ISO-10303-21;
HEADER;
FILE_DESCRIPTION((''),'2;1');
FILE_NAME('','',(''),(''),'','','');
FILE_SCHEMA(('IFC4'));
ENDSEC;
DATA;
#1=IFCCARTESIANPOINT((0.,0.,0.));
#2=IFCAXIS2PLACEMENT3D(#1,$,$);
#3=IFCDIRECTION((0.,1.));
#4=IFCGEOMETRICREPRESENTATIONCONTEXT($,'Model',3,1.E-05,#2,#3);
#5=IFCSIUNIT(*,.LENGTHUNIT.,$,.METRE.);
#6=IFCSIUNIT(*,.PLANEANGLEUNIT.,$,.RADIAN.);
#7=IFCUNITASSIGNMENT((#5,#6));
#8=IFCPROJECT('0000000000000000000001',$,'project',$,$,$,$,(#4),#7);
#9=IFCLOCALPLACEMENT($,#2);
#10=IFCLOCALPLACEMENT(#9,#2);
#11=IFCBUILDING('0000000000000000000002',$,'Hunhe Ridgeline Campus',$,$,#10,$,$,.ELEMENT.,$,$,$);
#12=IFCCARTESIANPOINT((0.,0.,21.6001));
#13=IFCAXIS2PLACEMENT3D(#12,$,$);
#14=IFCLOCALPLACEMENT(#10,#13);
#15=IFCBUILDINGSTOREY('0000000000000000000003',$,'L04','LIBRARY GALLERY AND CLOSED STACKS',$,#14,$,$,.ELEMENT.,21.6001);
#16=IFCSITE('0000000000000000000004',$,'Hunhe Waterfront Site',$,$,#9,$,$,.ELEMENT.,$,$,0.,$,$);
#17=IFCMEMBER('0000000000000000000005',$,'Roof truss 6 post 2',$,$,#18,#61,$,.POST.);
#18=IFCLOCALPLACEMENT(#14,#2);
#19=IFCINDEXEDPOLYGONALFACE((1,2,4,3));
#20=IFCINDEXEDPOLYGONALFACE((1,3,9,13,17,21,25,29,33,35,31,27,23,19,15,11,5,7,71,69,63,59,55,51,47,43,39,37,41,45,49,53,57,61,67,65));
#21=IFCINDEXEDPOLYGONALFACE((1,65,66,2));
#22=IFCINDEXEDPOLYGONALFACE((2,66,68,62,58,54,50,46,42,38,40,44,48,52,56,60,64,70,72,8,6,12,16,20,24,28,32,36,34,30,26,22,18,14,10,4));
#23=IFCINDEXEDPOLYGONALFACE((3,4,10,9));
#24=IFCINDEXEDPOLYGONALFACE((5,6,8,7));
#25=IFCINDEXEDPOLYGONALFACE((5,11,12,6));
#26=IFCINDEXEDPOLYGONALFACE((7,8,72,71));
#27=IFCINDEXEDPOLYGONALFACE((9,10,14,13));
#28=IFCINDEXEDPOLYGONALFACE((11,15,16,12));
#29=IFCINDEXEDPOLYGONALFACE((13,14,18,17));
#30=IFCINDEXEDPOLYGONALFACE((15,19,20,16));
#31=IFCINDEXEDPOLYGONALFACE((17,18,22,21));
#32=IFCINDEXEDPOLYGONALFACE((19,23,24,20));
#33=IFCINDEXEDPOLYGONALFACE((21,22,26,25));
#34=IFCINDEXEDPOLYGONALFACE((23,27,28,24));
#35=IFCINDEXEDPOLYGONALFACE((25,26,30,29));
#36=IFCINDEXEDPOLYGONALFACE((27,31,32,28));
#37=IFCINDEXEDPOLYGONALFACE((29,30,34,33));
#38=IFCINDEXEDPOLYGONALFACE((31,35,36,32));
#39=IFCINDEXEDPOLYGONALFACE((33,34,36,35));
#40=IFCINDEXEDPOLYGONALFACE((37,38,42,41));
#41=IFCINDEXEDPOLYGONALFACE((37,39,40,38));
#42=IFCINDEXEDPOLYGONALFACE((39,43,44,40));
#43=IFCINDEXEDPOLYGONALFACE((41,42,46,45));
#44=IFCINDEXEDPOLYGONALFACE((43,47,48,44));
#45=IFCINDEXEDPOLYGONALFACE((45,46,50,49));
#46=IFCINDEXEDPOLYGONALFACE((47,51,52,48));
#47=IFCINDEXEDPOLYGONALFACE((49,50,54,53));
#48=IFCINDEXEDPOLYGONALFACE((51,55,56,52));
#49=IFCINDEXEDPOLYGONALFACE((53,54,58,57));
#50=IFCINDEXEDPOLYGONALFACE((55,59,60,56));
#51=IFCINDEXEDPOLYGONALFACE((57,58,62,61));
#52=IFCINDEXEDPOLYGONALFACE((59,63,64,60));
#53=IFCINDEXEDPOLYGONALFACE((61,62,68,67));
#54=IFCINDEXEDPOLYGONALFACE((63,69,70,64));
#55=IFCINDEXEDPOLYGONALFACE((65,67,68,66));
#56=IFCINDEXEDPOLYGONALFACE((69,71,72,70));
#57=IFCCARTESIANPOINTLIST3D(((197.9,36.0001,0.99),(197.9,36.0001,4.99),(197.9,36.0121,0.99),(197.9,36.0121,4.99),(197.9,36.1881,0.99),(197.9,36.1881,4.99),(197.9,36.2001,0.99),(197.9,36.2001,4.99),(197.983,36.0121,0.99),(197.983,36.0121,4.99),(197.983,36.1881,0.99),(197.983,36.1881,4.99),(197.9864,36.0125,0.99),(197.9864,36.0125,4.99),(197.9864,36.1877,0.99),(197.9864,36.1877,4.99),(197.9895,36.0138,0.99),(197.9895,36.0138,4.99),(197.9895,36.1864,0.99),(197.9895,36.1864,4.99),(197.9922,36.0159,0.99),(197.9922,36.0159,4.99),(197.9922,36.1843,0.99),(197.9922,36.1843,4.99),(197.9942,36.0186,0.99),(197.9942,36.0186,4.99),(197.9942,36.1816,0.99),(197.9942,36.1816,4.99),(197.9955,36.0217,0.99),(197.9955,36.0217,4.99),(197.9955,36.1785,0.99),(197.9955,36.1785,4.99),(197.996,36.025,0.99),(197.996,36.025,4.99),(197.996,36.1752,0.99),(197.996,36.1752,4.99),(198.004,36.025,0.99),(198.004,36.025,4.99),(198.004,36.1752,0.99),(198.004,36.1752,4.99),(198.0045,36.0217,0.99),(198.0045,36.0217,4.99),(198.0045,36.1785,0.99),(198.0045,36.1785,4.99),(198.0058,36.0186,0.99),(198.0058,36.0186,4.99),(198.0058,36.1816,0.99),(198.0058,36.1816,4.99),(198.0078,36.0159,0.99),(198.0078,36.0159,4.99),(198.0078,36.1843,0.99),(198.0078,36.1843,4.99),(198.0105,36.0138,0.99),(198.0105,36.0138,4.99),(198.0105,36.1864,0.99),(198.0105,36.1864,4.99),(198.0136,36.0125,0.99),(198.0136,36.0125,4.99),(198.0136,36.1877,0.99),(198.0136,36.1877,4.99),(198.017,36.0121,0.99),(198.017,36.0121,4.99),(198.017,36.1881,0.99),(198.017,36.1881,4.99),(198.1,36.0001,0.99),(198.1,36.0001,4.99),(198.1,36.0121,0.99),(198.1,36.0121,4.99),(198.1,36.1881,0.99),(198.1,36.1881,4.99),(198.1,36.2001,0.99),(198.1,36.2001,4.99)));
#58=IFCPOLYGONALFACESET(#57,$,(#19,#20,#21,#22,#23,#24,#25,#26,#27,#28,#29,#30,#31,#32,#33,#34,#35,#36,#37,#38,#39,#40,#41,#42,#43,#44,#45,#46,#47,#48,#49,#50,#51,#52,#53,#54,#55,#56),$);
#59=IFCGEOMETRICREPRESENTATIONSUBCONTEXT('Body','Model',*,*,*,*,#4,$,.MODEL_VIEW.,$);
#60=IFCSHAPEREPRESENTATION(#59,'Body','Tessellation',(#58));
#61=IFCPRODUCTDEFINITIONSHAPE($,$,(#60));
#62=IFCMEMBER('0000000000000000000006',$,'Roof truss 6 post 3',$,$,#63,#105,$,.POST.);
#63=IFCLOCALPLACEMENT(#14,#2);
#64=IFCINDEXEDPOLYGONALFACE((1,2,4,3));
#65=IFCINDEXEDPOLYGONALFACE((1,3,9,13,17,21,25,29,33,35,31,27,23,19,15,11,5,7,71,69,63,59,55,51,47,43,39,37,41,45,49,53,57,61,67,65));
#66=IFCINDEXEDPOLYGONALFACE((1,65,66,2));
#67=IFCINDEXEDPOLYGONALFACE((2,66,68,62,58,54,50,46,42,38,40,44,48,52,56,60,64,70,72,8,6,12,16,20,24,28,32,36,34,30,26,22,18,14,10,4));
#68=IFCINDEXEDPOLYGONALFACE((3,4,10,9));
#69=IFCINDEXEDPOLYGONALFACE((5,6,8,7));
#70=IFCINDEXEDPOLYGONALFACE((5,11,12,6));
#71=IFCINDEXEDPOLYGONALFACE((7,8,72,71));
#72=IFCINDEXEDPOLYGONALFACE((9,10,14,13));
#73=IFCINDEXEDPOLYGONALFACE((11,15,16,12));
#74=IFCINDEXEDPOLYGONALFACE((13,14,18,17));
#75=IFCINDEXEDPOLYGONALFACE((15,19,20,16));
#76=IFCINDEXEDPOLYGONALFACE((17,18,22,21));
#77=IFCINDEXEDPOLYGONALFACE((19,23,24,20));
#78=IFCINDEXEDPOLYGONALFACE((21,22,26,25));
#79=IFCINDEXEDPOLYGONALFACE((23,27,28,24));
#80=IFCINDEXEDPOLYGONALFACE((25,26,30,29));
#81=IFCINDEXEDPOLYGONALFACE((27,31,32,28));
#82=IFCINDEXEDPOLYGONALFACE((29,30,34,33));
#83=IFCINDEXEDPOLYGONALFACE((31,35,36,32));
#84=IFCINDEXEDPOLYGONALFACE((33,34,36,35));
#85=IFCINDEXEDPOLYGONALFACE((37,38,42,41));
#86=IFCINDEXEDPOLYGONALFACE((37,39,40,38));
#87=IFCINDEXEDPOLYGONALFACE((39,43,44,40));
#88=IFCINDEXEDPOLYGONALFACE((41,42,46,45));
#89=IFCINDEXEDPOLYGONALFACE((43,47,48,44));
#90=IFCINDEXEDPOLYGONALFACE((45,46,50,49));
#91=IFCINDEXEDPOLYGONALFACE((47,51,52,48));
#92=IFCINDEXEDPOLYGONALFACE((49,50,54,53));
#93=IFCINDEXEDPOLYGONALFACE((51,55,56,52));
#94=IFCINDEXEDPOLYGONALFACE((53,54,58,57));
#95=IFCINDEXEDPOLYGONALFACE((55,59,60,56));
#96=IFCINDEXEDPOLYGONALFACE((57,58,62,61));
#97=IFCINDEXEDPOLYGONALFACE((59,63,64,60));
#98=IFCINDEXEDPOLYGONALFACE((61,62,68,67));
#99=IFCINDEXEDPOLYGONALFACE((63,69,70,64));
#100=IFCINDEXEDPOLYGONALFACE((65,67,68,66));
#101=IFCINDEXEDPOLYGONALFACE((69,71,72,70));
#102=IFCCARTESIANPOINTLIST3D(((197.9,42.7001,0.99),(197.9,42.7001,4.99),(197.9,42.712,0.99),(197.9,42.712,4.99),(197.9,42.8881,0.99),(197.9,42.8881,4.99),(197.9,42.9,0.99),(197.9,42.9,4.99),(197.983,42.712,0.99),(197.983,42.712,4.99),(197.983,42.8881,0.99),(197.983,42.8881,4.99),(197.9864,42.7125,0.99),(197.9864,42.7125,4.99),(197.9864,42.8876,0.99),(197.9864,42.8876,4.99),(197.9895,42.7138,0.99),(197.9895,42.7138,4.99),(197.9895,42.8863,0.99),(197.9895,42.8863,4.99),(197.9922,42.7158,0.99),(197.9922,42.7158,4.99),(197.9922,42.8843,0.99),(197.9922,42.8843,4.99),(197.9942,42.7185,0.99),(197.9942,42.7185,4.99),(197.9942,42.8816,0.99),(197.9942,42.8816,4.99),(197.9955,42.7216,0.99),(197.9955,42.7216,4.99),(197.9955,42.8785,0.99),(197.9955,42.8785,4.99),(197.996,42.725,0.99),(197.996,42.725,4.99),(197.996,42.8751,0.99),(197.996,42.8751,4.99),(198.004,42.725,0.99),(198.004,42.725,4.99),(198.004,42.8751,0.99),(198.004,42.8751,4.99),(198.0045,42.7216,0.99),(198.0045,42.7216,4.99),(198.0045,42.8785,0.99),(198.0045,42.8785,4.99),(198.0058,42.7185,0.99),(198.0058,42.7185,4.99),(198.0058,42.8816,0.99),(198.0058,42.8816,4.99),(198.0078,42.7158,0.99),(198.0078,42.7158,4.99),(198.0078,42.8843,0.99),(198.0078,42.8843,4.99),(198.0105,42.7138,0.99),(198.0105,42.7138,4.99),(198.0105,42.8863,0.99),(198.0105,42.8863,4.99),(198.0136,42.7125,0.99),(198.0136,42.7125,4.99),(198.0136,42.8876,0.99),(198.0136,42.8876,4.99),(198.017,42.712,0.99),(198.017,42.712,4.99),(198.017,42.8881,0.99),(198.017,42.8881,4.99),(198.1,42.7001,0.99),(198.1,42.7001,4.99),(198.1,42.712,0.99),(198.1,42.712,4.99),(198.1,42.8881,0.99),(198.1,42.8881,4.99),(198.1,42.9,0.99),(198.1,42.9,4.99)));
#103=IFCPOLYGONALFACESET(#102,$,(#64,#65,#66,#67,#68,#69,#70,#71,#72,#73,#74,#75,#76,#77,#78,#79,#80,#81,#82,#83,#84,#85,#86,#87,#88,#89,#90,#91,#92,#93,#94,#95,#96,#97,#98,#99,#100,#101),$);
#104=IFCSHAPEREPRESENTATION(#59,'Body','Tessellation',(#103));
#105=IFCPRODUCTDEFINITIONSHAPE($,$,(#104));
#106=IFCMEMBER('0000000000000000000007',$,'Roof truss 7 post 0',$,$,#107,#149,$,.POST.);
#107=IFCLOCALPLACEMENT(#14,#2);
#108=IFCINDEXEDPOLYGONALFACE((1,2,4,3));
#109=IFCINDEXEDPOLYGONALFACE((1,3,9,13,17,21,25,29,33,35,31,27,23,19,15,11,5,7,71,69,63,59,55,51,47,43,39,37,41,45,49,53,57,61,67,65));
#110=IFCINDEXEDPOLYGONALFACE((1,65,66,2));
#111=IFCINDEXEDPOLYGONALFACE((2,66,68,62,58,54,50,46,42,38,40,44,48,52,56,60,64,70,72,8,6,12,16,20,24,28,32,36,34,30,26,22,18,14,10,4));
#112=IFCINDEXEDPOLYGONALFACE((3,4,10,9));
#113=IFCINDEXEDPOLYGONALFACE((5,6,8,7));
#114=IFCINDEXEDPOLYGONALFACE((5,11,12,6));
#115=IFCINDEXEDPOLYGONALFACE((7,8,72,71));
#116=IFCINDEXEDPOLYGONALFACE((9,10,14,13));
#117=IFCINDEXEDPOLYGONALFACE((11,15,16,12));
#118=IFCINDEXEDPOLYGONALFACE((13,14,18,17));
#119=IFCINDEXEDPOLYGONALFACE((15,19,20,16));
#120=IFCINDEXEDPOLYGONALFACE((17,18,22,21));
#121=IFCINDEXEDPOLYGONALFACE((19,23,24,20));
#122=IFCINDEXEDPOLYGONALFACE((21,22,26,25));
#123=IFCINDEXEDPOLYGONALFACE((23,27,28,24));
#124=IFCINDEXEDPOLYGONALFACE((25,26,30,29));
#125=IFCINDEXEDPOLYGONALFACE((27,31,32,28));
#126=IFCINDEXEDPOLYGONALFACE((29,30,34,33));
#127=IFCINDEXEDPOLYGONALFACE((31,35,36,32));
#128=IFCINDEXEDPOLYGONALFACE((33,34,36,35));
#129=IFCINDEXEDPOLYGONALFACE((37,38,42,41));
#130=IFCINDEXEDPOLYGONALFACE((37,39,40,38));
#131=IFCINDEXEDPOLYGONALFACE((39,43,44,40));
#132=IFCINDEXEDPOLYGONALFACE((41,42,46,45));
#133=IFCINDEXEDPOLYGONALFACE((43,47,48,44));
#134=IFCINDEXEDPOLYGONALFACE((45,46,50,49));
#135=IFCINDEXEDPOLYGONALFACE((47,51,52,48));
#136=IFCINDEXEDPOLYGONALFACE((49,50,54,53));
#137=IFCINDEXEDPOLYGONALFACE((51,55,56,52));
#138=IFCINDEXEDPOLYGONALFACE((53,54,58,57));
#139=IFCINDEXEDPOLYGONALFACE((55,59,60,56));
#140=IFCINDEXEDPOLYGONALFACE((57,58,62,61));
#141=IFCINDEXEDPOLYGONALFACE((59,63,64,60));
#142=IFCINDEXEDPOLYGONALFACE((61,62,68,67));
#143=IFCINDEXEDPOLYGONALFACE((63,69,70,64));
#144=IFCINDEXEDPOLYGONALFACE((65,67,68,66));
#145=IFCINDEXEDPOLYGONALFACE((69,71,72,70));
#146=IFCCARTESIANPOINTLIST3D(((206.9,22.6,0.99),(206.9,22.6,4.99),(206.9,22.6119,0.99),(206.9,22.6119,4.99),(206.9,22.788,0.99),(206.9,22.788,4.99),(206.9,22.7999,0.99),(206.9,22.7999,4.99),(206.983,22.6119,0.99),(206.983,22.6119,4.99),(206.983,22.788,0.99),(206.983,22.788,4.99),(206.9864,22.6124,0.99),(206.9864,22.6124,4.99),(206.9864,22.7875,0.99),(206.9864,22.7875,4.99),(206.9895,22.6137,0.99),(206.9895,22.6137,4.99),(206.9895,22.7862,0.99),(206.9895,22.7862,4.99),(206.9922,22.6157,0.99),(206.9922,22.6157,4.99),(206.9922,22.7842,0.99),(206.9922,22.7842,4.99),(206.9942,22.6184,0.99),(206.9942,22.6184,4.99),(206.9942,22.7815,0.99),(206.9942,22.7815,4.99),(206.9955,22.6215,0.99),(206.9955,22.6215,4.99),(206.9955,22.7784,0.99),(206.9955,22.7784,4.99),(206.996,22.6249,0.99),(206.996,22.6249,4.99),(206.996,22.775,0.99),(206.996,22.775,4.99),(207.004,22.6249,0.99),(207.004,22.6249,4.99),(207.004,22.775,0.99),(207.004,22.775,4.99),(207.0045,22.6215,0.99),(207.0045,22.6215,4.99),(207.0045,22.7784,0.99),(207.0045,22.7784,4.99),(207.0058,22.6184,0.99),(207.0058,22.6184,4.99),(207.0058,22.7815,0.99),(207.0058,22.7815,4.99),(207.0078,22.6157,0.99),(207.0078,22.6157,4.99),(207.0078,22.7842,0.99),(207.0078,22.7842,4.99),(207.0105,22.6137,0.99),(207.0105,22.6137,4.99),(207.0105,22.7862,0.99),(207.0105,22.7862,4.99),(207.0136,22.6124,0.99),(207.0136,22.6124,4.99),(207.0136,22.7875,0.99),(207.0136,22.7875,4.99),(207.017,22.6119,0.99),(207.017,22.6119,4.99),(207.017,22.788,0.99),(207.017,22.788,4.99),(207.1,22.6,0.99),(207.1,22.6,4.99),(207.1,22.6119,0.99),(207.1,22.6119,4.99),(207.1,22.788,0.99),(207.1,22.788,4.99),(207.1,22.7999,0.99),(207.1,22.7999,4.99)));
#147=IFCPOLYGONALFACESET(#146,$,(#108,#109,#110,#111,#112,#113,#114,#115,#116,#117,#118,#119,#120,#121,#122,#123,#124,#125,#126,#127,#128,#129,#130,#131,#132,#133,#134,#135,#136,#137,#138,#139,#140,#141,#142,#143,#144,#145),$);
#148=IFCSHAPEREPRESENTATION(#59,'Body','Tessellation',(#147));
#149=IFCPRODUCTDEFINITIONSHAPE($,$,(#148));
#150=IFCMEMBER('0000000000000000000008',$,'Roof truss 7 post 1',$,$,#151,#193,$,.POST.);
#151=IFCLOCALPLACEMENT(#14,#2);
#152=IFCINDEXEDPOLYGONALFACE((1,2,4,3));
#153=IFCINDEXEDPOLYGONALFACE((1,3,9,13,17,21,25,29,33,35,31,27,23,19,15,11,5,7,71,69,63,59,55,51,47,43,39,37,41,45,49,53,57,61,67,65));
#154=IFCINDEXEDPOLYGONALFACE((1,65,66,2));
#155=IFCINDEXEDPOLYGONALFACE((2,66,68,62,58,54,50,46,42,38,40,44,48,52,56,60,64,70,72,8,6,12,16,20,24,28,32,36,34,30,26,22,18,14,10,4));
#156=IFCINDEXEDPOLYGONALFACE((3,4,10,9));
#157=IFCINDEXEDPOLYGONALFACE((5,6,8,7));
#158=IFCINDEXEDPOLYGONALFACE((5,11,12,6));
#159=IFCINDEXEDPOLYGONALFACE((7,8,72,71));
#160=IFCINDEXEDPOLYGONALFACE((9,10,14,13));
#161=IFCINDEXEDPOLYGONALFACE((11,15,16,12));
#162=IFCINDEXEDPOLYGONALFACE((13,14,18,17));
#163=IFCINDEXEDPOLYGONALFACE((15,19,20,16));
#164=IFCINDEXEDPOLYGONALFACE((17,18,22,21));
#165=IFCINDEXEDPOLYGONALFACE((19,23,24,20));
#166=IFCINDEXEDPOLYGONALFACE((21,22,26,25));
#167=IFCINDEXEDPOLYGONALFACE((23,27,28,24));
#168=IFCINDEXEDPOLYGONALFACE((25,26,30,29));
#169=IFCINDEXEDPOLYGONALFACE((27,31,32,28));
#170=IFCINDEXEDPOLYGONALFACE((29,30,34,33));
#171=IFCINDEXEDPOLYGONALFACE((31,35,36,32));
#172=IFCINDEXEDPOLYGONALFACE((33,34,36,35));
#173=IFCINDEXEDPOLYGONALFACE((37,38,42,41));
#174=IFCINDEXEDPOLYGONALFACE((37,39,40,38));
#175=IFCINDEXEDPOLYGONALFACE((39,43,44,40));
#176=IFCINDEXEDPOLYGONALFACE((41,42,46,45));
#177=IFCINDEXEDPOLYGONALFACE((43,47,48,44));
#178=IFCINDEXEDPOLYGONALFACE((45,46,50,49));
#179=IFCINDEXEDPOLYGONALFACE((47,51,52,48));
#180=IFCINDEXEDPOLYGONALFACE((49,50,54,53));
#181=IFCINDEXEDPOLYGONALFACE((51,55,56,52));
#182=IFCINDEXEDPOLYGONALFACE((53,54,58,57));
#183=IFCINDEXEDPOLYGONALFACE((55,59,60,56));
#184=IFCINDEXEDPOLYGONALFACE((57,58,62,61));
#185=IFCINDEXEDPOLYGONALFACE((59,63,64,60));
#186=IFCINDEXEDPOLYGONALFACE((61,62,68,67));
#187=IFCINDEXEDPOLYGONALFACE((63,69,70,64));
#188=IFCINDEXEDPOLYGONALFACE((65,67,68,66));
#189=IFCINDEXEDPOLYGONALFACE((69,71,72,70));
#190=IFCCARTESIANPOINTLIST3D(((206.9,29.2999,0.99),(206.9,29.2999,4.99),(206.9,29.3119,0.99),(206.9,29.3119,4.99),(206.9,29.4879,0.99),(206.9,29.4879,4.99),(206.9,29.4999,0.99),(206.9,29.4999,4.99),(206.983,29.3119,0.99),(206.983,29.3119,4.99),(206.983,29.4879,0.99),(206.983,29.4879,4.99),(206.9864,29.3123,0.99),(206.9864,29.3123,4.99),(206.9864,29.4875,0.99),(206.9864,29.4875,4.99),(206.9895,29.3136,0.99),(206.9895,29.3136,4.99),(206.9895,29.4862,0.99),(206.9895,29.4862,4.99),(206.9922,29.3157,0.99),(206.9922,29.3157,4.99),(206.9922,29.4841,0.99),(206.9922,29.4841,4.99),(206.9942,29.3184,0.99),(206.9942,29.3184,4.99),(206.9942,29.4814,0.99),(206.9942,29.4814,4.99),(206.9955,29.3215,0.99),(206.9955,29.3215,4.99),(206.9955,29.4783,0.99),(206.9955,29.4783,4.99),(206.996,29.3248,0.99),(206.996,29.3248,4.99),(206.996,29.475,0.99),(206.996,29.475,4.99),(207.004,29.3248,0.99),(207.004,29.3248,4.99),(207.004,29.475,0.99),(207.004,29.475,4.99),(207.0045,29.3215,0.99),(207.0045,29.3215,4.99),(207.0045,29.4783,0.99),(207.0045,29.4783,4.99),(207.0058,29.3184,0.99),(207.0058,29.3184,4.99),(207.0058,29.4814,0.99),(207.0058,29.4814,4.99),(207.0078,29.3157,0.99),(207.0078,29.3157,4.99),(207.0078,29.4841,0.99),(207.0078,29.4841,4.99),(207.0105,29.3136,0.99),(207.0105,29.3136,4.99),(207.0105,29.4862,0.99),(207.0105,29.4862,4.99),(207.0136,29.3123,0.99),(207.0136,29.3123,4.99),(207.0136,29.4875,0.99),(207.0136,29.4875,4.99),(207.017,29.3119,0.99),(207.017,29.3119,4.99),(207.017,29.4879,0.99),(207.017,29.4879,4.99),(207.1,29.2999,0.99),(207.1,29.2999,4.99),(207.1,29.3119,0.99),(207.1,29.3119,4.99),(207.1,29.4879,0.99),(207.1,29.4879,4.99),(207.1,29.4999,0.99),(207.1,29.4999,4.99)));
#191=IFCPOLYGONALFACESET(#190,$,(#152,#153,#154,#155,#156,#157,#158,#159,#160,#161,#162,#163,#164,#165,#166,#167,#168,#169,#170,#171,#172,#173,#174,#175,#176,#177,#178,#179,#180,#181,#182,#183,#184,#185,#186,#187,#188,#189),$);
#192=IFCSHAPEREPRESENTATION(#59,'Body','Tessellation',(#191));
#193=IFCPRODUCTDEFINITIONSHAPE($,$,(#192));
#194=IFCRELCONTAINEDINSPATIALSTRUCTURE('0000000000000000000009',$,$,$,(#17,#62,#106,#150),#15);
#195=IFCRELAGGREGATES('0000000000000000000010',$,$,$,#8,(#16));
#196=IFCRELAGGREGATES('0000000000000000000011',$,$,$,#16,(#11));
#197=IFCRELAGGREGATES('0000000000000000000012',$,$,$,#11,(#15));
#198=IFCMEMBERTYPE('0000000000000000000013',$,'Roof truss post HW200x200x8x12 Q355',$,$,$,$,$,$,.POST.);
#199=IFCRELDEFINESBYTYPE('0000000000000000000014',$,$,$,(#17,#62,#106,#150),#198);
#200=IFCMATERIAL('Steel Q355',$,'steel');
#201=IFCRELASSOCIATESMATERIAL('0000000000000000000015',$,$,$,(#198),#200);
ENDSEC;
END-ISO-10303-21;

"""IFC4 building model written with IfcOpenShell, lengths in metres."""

from ifc_helpers import new_model, si_unit, direction, frame, origin, origin_2d, place, context, subcontext, project, spatial, i_section, extrude, material, material_profile, profile_set, type_object, element, save


model = new_model("IFC4")

# Units and contexts
model_context = context("Model", 3, precision=1e-05, world=origin(), true_north=direction((0.0, 1.0)))
body_context = subcontext(model_context, "Body", "Model", "MODEL_VIEW")
ifc_project = project(units=[si_unit("LENGTHUNIT", "METRE"), si_unit("PLANEANGLEUNIT", "RADIAN")], contexts=[model_context])

# Site, building, storey
site_placement = place(None, origin())
site = spatial("IfcSite", under=ifc_project, at=site_placement, Name="Hunhe Waterfront Site", CompositionType="ELEMENT", RefElevation=0.0)
building_placement = place(site_placement, origin())
building = spatial("IfcBuilding", under=site, at=building_placement, Name="Hunhe Ridgeline Campus", CompositionType="ELEMENT")
storey_placement = place(building_placement, frame((0.0, 0.0, 21.6001)))
storey = spatial("IfcBuildingStorey", under=building, at=storey_placement, Name="L04", Description="LIBRARY GALLERY AND CLOSED STACKS", CompositionType="ELEMENT", Elevation=21.6001)

# Members
ifc_material_1 = material(Name="Steel Q355", Category="steel")
ifc_material_profile_1 = material_profile(ifc_material_1, i_section(OverallWidth=0.2, OverallDepth=0.2, WebThickness=0.0081, FlangeThickness=0.012, FilletRadius=0.0129, at=origin_2d()))
ifc_profile_set_1 = profile_set([ifc_material_profile_1], Name="Steel Q355")
member_type_1 = type_object("IfcMemberType", Name="Roof truss post HW200x200x8x12 Q355", PredefinedType="POST", material=ifc_profile_set_1)
for number, where, z_axis, x_axis, name in (
    (1, (198.0, 36.1001, 0.99), (0.0, 0.0, 1.0), (1.0, 0.0, 0.0), "Roof truss 6 post 2"),
    (2, (198.0, 42.8, 0.99), (0.0, 0.0, 1.0), (1.0, 0.0, 0.0), "Roof truss 6 post 3"),
    (3, (207.0, 22.7, 0.99), (0.0, 0.0, 1.0), (1.0, 0.0, 0.0), "Roof truss 7 post 0"),
    (4, (207.0, 29.3999, 0.99), (0.0, 0.0, 1.0), (1.0, 0.0, 0.0), "Roof truss 7 post 1"),
):
    element("IfcMember", number, at=place(storey_placement, frame(where, z_axis=z_axis, x_axis=x_axis)), inside=storey, type_object=member_type_1, Name=name, PredefinedType="POST", context=body_context, shape_type="SweptSolid", body=[
        extrude(i_section(OverallWidth=0.2, OverallDepth=0.2, WebThickness=0.0081, FlangeThickness=0.012, FilletRadius=0.0129, at=origin_2d()), origin(), (0.0, 0.0, 1.0), 4.0),
    ])

save(model, "model.ifc")
